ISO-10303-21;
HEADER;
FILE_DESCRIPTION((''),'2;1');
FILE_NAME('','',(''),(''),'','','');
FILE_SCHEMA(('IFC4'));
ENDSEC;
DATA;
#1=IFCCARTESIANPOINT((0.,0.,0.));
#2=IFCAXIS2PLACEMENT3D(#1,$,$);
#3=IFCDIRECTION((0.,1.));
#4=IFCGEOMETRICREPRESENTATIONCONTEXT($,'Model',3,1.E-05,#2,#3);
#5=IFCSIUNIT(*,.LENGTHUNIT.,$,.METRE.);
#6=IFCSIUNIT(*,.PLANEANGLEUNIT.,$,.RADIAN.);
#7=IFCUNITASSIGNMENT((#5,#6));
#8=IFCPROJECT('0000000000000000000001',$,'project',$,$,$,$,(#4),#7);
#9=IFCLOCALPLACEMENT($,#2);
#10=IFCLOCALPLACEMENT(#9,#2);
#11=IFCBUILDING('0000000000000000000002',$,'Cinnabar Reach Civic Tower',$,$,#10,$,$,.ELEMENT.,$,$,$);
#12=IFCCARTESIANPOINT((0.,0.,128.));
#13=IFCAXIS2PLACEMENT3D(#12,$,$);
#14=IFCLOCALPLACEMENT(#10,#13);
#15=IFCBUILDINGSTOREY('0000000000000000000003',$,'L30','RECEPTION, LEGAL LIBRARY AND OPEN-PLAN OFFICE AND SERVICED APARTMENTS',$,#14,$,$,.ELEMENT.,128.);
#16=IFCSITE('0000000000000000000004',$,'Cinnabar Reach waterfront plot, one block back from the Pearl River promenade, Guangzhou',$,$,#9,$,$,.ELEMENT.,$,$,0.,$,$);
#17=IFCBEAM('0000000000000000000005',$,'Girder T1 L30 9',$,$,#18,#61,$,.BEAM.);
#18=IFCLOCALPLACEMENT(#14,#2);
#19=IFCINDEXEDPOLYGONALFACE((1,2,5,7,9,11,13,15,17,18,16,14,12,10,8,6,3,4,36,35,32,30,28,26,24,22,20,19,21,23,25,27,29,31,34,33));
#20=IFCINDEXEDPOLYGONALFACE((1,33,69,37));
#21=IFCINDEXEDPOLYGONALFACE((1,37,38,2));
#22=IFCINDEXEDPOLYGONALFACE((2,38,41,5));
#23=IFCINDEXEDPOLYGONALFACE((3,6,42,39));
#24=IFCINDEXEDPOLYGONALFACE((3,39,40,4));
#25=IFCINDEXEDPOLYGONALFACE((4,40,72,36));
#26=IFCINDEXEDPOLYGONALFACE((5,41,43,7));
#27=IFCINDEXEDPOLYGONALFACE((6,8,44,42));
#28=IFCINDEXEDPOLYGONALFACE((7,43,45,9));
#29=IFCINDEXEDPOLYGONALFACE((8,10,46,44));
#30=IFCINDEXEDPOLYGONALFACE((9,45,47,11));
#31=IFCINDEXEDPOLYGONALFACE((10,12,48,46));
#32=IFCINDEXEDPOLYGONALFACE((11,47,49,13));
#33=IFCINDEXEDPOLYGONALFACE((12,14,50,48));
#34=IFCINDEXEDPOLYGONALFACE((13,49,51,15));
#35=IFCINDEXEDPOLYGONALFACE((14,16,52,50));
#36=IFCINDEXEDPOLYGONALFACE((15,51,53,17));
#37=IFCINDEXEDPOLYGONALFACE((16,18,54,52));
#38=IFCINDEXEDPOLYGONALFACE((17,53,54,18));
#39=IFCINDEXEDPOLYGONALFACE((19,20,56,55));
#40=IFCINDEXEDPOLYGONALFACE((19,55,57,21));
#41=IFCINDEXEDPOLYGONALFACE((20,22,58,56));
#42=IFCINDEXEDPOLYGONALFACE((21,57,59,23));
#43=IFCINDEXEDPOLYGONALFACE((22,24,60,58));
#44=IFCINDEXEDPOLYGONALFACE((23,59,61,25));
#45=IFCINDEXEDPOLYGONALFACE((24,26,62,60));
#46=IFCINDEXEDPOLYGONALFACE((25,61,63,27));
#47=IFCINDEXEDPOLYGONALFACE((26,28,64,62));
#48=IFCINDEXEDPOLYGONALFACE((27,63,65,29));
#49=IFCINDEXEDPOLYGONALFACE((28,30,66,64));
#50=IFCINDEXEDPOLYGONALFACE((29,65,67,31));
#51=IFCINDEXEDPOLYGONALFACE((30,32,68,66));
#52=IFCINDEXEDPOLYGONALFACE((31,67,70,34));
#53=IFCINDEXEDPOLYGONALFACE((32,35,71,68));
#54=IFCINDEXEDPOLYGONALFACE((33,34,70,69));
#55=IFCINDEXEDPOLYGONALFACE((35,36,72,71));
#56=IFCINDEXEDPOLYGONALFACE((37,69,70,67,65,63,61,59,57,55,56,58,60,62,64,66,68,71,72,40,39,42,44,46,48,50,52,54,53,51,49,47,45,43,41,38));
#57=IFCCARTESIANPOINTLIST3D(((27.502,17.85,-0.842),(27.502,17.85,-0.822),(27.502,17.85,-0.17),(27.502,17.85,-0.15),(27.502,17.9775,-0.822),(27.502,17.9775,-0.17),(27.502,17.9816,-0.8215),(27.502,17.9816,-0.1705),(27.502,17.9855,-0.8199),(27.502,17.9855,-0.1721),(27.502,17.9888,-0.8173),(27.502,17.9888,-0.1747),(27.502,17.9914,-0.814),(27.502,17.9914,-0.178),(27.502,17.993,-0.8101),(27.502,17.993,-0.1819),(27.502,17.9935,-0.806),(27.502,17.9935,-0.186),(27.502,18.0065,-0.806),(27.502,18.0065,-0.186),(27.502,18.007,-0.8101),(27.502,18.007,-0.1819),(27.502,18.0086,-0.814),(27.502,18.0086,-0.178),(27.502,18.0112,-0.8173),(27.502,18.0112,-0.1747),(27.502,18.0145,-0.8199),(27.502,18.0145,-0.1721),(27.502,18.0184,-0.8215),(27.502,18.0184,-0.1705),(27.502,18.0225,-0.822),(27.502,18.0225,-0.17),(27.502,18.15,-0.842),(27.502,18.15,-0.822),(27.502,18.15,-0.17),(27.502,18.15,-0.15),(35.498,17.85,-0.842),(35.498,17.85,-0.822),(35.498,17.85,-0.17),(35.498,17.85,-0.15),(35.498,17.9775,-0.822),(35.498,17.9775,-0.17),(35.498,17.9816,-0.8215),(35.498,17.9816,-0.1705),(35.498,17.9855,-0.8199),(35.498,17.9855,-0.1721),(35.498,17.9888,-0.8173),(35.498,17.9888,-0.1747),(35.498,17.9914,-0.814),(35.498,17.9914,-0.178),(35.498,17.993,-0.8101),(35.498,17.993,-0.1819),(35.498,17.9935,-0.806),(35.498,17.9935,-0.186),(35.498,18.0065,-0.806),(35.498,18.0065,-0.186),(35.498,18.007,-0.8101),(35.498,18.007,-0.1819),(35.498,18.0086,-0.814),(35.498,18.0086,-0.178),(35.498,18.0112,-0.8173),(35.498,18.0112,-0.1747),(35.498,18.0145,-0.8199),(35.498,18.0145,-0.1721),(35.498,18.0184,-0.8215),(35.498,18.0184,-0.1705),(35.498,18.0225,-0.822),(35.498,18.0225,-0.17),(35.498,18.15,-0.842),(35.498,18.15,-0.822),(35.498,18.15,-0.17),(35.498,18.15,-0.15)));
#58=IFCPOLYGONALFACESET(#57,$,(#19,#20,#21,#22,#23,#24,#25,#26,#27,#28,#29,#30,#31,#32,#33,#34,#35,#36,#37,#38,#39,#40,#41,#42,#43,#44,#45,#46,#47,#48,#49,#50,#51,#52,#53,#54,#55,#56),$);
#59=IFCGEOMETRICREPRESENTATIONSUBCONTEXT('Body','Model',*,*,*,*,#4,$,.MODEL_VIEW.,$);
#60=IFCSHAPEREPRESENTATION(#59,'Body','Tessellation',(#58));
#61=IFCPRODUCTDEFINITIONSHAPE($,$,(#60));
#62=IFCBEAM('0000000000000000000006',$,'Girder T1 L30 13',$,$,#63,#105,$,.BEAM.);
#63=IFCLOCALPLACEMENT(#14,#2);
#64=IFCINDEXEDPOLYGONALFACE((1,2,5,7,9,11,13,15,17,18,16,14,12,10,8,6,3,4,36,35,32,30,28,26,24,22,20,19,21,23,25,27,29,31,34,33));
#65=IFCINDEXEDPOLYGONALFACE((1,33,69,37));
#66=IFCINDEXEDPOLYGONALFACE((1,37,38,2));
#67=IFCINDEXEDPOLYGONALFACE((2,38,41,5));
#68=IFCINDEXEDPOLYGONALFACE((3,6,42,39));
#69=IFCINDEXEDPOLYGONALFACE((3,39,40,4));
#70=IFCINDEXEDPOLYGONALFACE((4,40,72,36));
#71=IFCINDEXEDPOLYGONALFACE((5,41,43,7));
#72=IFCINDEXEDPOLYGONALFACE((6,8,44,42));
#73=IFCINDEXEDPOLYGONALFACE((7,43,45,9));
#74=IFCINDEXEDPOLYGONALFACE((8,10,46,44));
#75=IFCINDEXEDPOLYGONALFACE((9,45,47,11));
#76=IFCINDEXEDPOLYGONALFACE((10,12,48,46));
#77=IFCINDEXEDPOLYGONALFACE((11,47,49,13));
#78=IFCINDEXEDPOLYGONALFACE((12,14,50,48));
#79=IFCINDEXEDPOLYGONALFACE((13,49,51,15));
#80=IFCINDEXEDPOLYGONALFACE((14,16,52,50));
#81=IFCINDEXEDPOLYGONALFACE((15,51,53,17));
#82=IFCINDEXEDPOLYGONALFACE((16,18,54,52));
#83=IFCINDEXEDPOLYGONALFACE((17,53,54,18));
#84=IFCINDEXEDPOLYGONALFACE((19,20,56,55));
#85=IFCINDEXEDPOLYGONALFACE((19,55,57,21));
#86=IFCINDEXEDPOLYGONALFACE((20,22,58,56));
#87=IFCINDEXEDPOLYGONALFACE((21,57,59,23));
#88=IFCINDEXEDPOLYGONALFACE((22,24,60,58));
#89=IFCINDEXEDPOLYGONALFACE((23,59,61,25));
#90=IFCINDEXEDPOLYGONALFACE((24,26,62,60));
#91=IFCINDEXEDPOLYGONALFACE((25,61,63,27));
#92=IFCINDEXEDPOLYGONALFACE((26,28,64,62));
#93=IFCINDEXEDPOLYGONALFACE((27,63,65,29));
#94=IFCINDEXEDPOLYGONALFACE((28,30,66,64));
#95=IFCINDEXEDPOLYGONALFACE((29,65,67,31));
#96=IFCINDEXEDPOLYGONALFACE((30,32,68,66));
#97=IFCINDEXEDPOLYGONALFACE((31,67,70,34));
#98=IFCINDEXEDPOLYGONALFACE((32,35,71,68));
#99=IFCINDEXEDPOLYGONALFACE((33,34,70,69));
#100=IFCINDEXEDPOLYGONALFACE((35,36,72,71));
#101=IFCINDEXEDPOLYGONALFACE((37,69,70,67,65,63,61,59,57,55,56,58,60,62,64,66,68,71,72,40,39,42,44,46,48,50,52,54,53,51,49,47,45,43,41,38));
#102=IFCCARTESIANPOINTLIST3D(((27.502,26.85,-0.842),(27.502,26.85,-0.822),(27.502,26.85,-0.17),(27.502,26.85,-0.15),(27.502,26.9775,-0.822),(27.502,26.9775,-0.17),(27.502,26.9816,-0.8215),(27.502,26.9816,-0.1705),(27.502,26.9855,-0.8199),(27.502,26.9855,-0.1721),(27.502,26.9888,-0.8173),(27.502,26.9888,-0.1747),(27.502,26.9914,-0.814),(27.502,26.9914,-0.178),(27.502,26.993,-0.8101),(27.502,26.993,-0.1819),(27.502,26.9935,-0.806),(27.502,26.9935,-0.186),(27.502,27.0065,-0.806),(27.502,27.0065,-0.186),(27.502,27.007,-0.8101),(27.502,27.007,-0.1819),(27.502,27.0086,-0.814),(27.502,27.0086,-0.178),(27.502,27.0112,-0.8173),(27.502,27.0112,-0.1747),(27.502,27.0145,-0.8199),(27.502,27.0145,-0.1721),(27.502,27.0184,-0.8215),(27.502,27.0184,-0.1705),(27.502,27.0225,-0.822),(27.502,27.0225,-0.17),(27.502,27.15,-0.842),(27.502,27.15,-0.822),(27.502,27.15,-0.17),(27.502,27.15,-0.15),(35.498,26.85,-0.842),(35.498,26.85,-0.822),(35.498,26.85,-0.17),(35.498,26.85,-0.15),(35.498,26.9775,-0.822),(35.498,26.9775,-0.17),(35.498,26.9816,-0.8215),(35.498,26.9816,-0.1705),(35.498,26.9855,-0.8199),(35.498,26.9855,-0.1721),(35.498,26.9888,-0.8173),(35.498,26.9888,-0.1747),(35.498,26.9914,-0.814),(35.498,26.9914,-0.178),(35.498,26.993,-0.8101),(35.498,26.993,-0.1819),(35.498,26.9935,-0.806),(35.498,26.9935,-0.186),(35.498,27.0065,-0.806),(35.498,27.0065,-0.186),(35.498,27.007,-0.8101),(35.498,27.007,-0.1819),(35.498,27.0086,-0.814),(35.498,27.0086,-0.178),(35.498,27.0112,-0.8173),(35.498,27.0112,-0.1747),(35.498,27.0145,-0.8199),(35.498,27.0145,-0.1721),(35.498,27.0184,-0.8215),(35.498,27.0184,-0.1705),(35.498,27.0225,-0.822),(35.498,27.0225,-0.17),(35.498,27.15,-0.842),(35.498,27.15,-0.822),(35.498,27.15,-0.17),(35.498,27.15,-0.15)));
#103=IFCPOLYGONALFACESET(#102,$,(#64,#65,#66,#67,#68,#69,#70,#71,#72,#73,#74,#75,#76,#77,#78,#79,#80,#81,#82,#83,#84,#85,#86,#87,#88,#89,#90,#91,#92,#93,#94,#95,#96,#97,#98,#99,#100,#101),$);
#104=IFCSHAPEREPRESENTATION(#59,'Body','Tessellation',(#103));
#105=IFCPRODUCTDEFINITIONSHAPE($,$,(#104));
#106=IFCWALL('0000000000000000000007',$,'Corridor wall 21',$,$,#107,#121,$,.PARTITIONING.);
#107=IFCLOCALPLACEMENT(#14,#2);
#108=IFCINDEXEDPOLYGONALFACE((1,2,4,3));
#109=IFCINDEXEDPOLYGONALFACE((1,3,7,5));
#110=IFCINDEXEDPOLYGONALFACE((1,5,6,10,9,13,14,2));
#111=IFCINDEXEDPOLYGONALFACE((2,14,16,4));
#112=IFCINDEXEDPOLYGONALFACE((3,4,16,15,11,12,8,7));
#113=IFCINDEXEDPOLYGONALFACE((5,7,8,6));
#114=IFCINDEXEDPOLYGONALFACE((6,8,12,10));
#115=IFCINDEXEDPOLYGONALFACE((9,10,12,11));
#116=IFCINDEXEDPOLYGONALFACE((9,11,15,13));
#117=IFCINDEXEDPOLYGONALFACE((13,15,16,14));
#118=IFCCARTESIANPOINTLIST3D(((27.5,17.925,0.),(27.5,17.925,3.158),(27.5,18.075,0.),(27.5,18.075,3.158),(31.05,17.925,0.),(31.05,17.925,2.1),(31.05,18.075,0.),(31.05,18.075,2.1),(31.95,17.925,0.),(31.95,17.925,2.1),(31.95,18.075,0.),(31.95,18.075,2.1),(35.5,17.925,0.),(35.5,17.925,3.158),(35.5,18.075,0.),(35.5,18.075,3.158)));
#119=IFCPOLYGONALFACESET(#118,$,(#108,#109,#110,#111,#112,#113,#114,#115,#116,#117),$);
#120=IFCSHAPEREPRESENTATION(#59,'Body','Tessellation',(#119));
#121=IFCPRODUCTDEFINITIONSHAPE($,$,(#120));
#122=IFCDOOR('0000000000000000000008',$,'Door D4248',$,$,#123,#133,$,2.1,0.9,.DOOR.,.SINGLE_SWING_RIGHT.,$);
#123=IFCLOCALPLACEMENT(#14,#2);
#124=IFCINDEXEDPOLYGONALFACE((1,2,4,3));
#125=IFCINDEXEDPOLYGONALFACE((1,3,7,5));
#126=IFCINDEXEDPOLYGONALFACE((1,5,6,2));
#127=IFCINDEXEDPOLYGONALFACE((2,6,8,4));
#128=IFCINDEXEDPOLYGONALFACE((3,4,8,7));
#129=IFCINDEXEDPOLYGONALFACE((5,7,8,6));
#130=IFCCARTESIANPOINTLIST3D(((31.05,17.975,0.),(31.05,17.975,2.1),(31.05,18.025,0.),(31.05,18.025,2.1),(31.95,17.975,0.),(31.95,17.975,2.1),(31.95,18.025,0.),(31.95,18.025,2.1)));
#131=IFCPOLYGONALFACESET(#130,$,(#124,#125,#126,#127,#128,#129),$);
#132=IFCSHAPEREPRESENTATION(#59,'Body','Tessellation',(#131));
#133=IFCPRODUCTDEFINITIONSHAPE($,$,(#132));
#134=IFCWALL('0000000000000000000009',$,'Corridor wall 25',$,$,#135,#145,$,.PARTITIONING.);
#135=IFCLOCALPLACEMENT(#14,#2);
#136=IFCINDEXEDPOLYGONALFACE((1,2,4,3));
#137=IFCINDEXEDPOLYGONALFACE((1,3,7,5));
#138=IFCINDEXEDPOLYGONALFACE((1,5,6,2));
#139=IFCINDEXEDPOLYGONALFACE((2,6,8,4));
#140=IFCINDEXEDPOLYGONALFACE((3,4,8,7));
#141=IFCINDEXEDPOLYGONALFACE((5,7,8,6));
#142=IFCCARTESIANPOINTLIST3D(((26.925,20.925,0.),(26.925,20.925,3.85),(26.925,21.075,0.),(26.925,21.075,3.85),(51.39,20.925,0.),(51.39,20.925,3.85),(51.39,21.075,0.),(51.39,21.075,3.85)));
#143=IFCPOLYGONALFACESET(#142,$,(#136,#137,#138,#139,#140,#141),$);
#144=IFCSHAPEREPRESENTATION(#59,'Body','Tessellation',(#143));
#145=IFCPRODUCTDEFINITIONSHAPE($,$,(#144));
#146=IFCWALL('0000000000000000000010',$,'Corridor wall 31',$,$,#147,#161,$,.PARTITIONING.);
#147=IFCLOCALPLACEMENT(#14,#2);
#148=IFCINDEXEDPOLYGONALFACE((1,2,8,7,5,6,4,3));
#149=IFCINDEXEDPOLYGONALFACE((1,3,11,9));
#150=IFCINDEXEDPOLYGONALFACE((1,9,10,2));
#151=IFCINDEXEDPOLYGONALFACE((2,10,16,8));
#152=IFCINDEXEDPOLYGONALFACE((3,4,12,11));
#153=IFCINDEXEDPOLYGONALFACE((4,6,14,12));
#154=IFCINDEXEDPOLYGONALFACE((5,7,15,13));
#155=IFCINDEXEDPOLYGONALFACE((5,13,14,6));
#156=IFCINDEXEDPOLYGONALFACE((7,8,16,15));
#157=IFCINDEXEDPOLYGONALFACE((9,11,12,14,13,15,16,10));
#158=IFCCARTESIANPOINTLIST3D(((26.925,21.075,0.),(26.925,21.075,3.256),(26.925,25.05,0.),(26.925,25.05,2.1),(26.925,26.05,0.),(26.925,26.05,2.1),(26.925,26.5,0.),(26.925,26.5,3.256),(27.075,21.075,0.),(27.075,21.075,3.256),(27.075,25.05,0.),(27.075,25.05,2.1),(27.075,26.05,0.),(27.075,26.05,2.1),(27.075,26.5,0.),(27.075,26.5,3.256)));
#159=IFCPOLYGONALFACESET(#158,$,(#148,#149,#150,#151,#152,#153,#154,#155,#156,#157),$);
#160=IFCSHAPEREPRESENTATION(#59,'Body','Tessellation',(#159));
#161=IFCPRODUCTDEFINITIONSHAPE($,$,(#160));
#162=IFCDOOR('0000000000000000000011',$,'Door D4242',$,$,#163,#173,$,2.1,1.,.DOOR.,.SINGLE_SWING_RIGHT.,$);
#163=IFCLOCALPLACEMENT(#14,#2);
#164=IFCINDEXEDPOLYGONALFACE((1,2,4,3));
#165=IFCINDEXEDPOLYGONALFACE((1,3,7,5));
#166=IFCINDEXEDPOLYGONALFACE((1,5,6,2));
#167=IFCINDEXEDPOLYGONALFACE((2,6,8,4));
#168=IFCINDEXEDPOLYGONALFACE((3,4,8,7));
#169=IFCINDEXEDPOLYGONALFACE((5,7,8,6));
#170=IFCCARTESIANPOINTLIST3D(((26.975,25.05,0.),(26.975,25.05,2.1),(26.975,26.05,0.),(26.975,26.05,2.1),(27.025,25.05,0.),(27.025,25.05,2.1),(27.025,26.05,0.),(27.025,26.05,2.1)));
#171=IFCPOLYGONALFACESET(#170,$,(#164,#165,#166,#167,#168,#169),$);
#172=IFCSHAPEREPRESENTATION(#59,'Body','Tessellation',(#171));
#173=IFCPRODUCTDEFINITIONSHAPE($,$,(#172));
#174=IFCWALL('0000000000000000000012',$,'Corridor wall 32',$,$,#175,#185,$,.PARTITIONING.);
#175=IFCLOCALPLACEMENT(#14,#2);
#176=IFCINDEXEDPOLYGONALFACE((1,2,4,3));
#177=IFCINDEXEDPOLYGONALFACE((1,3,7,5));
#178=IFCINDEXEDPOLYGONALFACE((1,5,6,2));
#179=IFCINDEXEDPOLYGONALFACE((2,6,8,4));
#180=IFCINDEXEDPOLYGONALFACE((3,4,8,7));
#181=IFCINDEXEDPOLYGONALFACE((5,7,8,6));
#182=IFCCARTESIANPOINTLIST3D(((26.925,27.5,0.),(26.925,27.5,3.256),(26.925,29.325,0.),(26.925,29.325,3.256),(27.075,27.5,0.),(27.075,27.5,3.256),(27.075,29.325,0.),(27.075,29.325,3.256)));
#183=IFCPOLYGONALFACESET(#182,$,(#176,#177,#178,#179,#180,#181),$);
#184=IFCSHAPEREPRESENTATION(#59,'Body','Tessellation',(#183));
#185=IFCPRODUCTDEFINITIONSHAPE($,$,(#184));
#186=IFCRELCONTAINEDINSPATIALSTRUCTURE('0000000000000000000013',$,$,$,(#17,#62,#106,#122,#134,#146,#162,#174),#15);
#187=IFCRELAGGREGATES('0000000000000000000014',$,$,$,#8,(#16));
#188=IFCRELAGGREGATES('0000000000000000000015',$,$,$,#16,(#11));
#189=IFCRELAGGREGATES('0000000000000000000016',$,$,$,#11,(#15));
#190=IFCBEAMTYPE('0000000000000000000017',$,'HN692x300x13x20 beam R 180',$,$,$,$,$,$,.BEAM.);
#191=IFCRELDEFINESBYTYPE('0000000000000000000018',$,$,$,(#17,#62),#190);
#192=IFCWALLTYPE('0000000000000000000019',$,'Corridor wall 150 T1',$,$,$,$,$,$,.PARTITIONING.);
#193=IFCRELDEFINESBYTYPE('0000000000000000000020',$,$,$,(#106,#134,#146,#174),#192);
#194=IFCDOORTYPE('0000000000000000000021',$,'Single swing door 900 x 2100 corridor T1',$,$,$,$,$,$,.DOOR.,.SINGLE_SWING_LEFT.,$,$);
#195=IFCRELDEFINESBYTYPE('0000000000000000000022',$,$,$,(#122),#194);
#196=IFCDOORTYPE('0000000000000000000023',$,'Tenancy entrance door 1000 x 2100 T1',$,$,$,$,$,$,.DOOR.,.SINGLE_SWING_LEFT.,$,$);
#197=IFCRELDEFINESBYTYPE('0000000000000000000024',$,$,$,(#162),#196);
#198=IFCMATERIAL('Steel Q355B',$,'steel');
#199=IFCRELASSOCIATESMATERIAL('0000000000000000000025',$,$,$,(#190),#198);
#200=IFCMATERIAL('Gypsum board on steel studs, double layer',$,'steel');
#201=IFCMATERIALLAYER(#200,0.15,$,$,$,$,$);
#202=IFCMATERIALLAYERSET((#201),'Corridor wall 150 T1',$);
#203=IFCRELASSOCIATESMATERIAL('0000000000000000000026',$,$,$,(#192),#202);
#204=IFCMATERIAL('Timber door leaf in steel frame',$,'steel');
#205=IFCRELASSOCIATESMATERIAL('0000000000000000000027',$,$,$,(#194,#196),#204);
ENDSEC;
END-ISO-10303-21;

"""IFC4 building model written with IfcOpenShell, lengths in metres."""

from ifc_helpers import new_model, si_unit, direction, frame, frame_2d, origin, origin_2d, place, context, subcontext, project, spatial, rectangle, i_section, extrude, material, layer, layer_set, material_profile, profile_set, type_object, element, fill, save


model = new_model("IFC4")

# Units and contexts
model_context = context("Model", 3, precision=1e-05, world=origin(), true_north=direction((0.0, 1.0)))
body_context = subcontext(model_context, "Body", "Model", "MODEL_VIEW")
ifc_project = project(units=[si_unit("LENGTHUNIT", "METRE"), si_unit("PLANEANGLEUNIT", "RADIAN")], contexts=[model_context])

# Site, building, storey
site_placement = place(None, origin())
site = spatial("IfcSite", under=ifc_project, at=site_placement, Name="Cinnabar Reach waterfront plot, one block back from the Pearl River promenade, Guangzhou", CompositionType="ELEMENT", RefElevation=0.0)
building_placement = place(site_placement, origin())
building = spatial("IfcBuilding", under=site, at=building_placement, Name="Cinnabar Reach Civic Tower", CompositionType="ELEMENT")
storey_placement = place(building_placement, frame((0.0, 0.0, 128.0)))
storey = spatial("IfcBuildingStorey", under=building, at=storey_placement, Name="L30", Description="RECEPTION, LEGAL LIBRARY AND OPEN-PLAN OFFICE AND SERVICED APARTMENTS", CompositionType="ELEMENT", Elevation=128.0)

# Beams
ifc_material_1 = material(Name="Steel Q355B", Category="steel")
ifc_material_profile_1 = material_profile(ifc_material_1, i_section(OverallWidth=0.3, OverallDepth=0.692, WebThickness=0.013, FlangeThickness=0.02, FilletRadius=0.016, at=origin_2d()), Name="HN692x300x13x20")
ifc_profile_set_1 = profile_set([ifc_material_profile_1], Name="Steel Q355B")
beam_type_1 = type_object("IfcBeamType", Name="HN692x300x13x20 beam R 180", PredefinedType="BEAM", material=ifc_profile_set_1)
for number, where, z_axis, x_axis, name in (
    (1, (27.502, 18.0, -0.496), (1.0, 0.0, 0.0), (0.0, 1.0, 0.0), "Girder T1 L30 9"),
    (2, (27.502, 27.0, -0.496), (1.0, 0.0, 0.0), (0.0, 1.0, 0.0), "Girder T1 L30 13"),
):
    element("IfcBeam", number, at=place(storey_placement, frame(where, z_axis=z_axis, x_axis=x_axis)), inside=storey, type_object=beam_type_1, Name=name, PredefinedType="BEAM", context=body_context, shape_type="SweptSolid", body=[
        extrude(i_section(OverallWidth=0.3, OverallDepth=0.692, WebThickness=0.013, FlangeThickness=0.02, FilletRadius=0.016, at=origin_2d()), origin(), (0.0, 0.0, 1.0), 7.996),
    ])

# Wall, opening, door
ifc_material_2 = material(Name="Gypsum board on steel studs, double layer", Category="steel")
ifc_layer_1 = layer(ifc_material_2, 0.15)
ifc_layer_set_1 = layer_set([ifc_layer_1], Name="Corridor wall 150 T1")
wall_type_1 = type_object("IfcWallType", Name="Corridor wall 150 T1", PredefinedType="PARTITIONING", material=ifc_layer_set_1)
wall_1_placement = place(storey_placement, frame((27.5, 18.0, 0.0), z_axis=(0.0, 0.0, 1.0), x_axis=(1.0, 0.0, 0.0)))
wall_1 = element("IfcWall", 3, at=wall_1_placement, inside=storey, type_object=wall_type_1, Name="Corridor wall 21", PredefinedType="PARTITIONING", context=body_context, shape_type="SweptSolid", body=[
    extrude(rectangle(XDim=8.0, YDim=0.15, at=frame_2d((4.0, 0.0))), origin(), (0.0, 0.0, 1.0), 3.158),
])
opening_1_placement = place(wall_1_placement, frame((3.55, 0.0, 0.0)))
opening_1 = element("IfcOpeningElement", 4, at=opening_1_placement, cuts=wall_1, PredefinedType="OPENING", context=body_context, shape_type="SweptSolid", body=[
    extrude(rectangle(XDim=0.9, YDim=2.1, at=frame_2d((0.45, 1.05))), frame((0.0, 0.085, 0.0), z_axis=(0.0, -1.0, 0.0), x_axis=(1.0, 0.0, 0.0)), (0.0, 0.0, 1.0), 0.17),
])
ifc_material_3 = material(Name="Timber door leaf in steel frame", Category="steel")
door_type_1 = type_object("IfcDoorType", Name="Single swing door 900 x 2100 corridor T1", OperationType="SINGLE_SWING_LEFT", PredefinedType="DOOR", material=ifc_material_3)
door_1_placement = place(opening_1_placement, frame((0.9, 0.0, 0.0), z_axis=(0.0, 0.0, 1.0), x_axis=(-1.0, 0.0, 0.0)))
door_1 = element("IfcDoor", 5, at=door_1_placement, inside=storey, type_object=door_type_1, Name="Door D4248", OperationType="SINGLE_SWING_RIGHT", OverallHeight=2.1, OverallWidth=0.9, PredefinedType="DOOR", context=body_context, shape_type="SweptSolid", body=[
    extrude(rectangle(XDim=0.9, YDim=2.1, at=frame_2d((0.45, 1.05))), frame((0.0, 0.025, 0.0), z_axis=(0.0, -1.0, 0.0), x_axis=(1.0, 0.0, 0.0)), (0.0, 0.0, 1.0), 0.05),
])
fill(opening_1, door_1)

# Wall
wall_2_placement = place(storey_placement, frame((26.925, 21.0, 0.0), z_axis=(0.0, 0.0, 1.0), x_axis=(1.0, 0.0, 0.0)))
element("IfcWall", 6, at=wall_2_placement, inside=storey, type_object=wall_type_1, Name="Corridor wall 25", PredefinedType="PARTITIONING", context=body_context, shape_type="SweptSolid", body=[
    extrude(rectangle(XDim=24.465, YDim=0.15, at=frame_2d((12.2325, 0.0))), origin(), (0.0, 0.0, 1.0), 3.85),
])

# Wall, opening, door
wall_3_placement = place(storey_placement, frame((27.0, 21.075, 0.0), z_axis=(0.0, 0.0, 1.0), x_axis=(0.0, 1.0, 0.0)))
wall_3 = element("IfcWall", 7, at=wall_3_placement, inside=storey, type_object=wall_type_1, Name="Corridor wall 31", PredefinedType="PARTITIONING", context=body_context, shape_type="SweptSolid", body=[
    extrude(rectangle(XDim=5.425, YDim=0.15, at=frame_2d((2.7125, 0.0))), origin(), (0.0, 0.0, 1.0), 3.256),
])
opening_2_placement = place(wall_3_placement, frame((3.975, 0.0, 0.0)))
opening_2 = element("IfcOpeningElement", 8, at=opening_2_placement, cuts=wall_3, PredefinedType="OPENING", context=body_context, shape_type="SweptSolid", body=[
    extrude(rectangle(XDim=1.0, YDim=2.1, at=frame_2d((0.5, 1.05))), frame((0.0, 0.085, 0.0), z_axis=(0.0, -1.0, 0.0), x_axis=(1.0, 0.0, 0.0)), (0.0, 0.0, 1.0), 0.17),
])
door_type_2 = type_object("IfcDoorType", Name="Tenancy entrance door 1000 x 2100 T1", OperationType="SINGLE_SWING_LEFT", PredefinedType="DOOR", material=ifc_material_3)
door_2_placement = place(opening_2_placement, frame((1.0, 0.0, 0.0), z_axis=(0.0, 0.0, 1.0), x_axis=(-1.0, 0.0, 0.0)))
door_2 = element("IfcDoor", 9, at=door_2_placement, inside=storey, type_object=door_type_2, Name="Door D4242", OperationType="SINGLE_SWING_RIGHT", OverallHeight=2.1, OverallWidth=1.0, PredefinedType="DOOR", context=body_context, shape_type="SweptSolid", body=[
    extrude(rectangle(XDim=1.0, YDim=2.1, at=frame_2d((0.5, 1.05))), frame((0.0, 0.025, 0.0), z_axis=(0.0, -1.0, 0.0), x_axis=(1.0, 0.0, 0.0)), (0.0, 0.0, 1.0), 0.05),
])
fill(opening_2, door_2)

# Wall
wall_4_placement = place(storey_placement, frame((27.0, 27.5, 0.0), z_axis=(0.0, 0.0, 1.0), x_axis=(0.0, 1.0, 0.0)))
element("IfcWall", 10, at=wall_4_placement, inside=storey, type_object=wall_type_1, Name="Corridor wall 32", PredefinedType="PARTITIONING", context=body_context, shape_type="SweptSolid", body=[
    extrude(rectangle(XDim=1.825, YDim=0.15, at=frame_2d((0.9125, 0.0))), origin(), (0.0, 0.0, 1.0), 3.256),
])

save(model, "model.ifc")
